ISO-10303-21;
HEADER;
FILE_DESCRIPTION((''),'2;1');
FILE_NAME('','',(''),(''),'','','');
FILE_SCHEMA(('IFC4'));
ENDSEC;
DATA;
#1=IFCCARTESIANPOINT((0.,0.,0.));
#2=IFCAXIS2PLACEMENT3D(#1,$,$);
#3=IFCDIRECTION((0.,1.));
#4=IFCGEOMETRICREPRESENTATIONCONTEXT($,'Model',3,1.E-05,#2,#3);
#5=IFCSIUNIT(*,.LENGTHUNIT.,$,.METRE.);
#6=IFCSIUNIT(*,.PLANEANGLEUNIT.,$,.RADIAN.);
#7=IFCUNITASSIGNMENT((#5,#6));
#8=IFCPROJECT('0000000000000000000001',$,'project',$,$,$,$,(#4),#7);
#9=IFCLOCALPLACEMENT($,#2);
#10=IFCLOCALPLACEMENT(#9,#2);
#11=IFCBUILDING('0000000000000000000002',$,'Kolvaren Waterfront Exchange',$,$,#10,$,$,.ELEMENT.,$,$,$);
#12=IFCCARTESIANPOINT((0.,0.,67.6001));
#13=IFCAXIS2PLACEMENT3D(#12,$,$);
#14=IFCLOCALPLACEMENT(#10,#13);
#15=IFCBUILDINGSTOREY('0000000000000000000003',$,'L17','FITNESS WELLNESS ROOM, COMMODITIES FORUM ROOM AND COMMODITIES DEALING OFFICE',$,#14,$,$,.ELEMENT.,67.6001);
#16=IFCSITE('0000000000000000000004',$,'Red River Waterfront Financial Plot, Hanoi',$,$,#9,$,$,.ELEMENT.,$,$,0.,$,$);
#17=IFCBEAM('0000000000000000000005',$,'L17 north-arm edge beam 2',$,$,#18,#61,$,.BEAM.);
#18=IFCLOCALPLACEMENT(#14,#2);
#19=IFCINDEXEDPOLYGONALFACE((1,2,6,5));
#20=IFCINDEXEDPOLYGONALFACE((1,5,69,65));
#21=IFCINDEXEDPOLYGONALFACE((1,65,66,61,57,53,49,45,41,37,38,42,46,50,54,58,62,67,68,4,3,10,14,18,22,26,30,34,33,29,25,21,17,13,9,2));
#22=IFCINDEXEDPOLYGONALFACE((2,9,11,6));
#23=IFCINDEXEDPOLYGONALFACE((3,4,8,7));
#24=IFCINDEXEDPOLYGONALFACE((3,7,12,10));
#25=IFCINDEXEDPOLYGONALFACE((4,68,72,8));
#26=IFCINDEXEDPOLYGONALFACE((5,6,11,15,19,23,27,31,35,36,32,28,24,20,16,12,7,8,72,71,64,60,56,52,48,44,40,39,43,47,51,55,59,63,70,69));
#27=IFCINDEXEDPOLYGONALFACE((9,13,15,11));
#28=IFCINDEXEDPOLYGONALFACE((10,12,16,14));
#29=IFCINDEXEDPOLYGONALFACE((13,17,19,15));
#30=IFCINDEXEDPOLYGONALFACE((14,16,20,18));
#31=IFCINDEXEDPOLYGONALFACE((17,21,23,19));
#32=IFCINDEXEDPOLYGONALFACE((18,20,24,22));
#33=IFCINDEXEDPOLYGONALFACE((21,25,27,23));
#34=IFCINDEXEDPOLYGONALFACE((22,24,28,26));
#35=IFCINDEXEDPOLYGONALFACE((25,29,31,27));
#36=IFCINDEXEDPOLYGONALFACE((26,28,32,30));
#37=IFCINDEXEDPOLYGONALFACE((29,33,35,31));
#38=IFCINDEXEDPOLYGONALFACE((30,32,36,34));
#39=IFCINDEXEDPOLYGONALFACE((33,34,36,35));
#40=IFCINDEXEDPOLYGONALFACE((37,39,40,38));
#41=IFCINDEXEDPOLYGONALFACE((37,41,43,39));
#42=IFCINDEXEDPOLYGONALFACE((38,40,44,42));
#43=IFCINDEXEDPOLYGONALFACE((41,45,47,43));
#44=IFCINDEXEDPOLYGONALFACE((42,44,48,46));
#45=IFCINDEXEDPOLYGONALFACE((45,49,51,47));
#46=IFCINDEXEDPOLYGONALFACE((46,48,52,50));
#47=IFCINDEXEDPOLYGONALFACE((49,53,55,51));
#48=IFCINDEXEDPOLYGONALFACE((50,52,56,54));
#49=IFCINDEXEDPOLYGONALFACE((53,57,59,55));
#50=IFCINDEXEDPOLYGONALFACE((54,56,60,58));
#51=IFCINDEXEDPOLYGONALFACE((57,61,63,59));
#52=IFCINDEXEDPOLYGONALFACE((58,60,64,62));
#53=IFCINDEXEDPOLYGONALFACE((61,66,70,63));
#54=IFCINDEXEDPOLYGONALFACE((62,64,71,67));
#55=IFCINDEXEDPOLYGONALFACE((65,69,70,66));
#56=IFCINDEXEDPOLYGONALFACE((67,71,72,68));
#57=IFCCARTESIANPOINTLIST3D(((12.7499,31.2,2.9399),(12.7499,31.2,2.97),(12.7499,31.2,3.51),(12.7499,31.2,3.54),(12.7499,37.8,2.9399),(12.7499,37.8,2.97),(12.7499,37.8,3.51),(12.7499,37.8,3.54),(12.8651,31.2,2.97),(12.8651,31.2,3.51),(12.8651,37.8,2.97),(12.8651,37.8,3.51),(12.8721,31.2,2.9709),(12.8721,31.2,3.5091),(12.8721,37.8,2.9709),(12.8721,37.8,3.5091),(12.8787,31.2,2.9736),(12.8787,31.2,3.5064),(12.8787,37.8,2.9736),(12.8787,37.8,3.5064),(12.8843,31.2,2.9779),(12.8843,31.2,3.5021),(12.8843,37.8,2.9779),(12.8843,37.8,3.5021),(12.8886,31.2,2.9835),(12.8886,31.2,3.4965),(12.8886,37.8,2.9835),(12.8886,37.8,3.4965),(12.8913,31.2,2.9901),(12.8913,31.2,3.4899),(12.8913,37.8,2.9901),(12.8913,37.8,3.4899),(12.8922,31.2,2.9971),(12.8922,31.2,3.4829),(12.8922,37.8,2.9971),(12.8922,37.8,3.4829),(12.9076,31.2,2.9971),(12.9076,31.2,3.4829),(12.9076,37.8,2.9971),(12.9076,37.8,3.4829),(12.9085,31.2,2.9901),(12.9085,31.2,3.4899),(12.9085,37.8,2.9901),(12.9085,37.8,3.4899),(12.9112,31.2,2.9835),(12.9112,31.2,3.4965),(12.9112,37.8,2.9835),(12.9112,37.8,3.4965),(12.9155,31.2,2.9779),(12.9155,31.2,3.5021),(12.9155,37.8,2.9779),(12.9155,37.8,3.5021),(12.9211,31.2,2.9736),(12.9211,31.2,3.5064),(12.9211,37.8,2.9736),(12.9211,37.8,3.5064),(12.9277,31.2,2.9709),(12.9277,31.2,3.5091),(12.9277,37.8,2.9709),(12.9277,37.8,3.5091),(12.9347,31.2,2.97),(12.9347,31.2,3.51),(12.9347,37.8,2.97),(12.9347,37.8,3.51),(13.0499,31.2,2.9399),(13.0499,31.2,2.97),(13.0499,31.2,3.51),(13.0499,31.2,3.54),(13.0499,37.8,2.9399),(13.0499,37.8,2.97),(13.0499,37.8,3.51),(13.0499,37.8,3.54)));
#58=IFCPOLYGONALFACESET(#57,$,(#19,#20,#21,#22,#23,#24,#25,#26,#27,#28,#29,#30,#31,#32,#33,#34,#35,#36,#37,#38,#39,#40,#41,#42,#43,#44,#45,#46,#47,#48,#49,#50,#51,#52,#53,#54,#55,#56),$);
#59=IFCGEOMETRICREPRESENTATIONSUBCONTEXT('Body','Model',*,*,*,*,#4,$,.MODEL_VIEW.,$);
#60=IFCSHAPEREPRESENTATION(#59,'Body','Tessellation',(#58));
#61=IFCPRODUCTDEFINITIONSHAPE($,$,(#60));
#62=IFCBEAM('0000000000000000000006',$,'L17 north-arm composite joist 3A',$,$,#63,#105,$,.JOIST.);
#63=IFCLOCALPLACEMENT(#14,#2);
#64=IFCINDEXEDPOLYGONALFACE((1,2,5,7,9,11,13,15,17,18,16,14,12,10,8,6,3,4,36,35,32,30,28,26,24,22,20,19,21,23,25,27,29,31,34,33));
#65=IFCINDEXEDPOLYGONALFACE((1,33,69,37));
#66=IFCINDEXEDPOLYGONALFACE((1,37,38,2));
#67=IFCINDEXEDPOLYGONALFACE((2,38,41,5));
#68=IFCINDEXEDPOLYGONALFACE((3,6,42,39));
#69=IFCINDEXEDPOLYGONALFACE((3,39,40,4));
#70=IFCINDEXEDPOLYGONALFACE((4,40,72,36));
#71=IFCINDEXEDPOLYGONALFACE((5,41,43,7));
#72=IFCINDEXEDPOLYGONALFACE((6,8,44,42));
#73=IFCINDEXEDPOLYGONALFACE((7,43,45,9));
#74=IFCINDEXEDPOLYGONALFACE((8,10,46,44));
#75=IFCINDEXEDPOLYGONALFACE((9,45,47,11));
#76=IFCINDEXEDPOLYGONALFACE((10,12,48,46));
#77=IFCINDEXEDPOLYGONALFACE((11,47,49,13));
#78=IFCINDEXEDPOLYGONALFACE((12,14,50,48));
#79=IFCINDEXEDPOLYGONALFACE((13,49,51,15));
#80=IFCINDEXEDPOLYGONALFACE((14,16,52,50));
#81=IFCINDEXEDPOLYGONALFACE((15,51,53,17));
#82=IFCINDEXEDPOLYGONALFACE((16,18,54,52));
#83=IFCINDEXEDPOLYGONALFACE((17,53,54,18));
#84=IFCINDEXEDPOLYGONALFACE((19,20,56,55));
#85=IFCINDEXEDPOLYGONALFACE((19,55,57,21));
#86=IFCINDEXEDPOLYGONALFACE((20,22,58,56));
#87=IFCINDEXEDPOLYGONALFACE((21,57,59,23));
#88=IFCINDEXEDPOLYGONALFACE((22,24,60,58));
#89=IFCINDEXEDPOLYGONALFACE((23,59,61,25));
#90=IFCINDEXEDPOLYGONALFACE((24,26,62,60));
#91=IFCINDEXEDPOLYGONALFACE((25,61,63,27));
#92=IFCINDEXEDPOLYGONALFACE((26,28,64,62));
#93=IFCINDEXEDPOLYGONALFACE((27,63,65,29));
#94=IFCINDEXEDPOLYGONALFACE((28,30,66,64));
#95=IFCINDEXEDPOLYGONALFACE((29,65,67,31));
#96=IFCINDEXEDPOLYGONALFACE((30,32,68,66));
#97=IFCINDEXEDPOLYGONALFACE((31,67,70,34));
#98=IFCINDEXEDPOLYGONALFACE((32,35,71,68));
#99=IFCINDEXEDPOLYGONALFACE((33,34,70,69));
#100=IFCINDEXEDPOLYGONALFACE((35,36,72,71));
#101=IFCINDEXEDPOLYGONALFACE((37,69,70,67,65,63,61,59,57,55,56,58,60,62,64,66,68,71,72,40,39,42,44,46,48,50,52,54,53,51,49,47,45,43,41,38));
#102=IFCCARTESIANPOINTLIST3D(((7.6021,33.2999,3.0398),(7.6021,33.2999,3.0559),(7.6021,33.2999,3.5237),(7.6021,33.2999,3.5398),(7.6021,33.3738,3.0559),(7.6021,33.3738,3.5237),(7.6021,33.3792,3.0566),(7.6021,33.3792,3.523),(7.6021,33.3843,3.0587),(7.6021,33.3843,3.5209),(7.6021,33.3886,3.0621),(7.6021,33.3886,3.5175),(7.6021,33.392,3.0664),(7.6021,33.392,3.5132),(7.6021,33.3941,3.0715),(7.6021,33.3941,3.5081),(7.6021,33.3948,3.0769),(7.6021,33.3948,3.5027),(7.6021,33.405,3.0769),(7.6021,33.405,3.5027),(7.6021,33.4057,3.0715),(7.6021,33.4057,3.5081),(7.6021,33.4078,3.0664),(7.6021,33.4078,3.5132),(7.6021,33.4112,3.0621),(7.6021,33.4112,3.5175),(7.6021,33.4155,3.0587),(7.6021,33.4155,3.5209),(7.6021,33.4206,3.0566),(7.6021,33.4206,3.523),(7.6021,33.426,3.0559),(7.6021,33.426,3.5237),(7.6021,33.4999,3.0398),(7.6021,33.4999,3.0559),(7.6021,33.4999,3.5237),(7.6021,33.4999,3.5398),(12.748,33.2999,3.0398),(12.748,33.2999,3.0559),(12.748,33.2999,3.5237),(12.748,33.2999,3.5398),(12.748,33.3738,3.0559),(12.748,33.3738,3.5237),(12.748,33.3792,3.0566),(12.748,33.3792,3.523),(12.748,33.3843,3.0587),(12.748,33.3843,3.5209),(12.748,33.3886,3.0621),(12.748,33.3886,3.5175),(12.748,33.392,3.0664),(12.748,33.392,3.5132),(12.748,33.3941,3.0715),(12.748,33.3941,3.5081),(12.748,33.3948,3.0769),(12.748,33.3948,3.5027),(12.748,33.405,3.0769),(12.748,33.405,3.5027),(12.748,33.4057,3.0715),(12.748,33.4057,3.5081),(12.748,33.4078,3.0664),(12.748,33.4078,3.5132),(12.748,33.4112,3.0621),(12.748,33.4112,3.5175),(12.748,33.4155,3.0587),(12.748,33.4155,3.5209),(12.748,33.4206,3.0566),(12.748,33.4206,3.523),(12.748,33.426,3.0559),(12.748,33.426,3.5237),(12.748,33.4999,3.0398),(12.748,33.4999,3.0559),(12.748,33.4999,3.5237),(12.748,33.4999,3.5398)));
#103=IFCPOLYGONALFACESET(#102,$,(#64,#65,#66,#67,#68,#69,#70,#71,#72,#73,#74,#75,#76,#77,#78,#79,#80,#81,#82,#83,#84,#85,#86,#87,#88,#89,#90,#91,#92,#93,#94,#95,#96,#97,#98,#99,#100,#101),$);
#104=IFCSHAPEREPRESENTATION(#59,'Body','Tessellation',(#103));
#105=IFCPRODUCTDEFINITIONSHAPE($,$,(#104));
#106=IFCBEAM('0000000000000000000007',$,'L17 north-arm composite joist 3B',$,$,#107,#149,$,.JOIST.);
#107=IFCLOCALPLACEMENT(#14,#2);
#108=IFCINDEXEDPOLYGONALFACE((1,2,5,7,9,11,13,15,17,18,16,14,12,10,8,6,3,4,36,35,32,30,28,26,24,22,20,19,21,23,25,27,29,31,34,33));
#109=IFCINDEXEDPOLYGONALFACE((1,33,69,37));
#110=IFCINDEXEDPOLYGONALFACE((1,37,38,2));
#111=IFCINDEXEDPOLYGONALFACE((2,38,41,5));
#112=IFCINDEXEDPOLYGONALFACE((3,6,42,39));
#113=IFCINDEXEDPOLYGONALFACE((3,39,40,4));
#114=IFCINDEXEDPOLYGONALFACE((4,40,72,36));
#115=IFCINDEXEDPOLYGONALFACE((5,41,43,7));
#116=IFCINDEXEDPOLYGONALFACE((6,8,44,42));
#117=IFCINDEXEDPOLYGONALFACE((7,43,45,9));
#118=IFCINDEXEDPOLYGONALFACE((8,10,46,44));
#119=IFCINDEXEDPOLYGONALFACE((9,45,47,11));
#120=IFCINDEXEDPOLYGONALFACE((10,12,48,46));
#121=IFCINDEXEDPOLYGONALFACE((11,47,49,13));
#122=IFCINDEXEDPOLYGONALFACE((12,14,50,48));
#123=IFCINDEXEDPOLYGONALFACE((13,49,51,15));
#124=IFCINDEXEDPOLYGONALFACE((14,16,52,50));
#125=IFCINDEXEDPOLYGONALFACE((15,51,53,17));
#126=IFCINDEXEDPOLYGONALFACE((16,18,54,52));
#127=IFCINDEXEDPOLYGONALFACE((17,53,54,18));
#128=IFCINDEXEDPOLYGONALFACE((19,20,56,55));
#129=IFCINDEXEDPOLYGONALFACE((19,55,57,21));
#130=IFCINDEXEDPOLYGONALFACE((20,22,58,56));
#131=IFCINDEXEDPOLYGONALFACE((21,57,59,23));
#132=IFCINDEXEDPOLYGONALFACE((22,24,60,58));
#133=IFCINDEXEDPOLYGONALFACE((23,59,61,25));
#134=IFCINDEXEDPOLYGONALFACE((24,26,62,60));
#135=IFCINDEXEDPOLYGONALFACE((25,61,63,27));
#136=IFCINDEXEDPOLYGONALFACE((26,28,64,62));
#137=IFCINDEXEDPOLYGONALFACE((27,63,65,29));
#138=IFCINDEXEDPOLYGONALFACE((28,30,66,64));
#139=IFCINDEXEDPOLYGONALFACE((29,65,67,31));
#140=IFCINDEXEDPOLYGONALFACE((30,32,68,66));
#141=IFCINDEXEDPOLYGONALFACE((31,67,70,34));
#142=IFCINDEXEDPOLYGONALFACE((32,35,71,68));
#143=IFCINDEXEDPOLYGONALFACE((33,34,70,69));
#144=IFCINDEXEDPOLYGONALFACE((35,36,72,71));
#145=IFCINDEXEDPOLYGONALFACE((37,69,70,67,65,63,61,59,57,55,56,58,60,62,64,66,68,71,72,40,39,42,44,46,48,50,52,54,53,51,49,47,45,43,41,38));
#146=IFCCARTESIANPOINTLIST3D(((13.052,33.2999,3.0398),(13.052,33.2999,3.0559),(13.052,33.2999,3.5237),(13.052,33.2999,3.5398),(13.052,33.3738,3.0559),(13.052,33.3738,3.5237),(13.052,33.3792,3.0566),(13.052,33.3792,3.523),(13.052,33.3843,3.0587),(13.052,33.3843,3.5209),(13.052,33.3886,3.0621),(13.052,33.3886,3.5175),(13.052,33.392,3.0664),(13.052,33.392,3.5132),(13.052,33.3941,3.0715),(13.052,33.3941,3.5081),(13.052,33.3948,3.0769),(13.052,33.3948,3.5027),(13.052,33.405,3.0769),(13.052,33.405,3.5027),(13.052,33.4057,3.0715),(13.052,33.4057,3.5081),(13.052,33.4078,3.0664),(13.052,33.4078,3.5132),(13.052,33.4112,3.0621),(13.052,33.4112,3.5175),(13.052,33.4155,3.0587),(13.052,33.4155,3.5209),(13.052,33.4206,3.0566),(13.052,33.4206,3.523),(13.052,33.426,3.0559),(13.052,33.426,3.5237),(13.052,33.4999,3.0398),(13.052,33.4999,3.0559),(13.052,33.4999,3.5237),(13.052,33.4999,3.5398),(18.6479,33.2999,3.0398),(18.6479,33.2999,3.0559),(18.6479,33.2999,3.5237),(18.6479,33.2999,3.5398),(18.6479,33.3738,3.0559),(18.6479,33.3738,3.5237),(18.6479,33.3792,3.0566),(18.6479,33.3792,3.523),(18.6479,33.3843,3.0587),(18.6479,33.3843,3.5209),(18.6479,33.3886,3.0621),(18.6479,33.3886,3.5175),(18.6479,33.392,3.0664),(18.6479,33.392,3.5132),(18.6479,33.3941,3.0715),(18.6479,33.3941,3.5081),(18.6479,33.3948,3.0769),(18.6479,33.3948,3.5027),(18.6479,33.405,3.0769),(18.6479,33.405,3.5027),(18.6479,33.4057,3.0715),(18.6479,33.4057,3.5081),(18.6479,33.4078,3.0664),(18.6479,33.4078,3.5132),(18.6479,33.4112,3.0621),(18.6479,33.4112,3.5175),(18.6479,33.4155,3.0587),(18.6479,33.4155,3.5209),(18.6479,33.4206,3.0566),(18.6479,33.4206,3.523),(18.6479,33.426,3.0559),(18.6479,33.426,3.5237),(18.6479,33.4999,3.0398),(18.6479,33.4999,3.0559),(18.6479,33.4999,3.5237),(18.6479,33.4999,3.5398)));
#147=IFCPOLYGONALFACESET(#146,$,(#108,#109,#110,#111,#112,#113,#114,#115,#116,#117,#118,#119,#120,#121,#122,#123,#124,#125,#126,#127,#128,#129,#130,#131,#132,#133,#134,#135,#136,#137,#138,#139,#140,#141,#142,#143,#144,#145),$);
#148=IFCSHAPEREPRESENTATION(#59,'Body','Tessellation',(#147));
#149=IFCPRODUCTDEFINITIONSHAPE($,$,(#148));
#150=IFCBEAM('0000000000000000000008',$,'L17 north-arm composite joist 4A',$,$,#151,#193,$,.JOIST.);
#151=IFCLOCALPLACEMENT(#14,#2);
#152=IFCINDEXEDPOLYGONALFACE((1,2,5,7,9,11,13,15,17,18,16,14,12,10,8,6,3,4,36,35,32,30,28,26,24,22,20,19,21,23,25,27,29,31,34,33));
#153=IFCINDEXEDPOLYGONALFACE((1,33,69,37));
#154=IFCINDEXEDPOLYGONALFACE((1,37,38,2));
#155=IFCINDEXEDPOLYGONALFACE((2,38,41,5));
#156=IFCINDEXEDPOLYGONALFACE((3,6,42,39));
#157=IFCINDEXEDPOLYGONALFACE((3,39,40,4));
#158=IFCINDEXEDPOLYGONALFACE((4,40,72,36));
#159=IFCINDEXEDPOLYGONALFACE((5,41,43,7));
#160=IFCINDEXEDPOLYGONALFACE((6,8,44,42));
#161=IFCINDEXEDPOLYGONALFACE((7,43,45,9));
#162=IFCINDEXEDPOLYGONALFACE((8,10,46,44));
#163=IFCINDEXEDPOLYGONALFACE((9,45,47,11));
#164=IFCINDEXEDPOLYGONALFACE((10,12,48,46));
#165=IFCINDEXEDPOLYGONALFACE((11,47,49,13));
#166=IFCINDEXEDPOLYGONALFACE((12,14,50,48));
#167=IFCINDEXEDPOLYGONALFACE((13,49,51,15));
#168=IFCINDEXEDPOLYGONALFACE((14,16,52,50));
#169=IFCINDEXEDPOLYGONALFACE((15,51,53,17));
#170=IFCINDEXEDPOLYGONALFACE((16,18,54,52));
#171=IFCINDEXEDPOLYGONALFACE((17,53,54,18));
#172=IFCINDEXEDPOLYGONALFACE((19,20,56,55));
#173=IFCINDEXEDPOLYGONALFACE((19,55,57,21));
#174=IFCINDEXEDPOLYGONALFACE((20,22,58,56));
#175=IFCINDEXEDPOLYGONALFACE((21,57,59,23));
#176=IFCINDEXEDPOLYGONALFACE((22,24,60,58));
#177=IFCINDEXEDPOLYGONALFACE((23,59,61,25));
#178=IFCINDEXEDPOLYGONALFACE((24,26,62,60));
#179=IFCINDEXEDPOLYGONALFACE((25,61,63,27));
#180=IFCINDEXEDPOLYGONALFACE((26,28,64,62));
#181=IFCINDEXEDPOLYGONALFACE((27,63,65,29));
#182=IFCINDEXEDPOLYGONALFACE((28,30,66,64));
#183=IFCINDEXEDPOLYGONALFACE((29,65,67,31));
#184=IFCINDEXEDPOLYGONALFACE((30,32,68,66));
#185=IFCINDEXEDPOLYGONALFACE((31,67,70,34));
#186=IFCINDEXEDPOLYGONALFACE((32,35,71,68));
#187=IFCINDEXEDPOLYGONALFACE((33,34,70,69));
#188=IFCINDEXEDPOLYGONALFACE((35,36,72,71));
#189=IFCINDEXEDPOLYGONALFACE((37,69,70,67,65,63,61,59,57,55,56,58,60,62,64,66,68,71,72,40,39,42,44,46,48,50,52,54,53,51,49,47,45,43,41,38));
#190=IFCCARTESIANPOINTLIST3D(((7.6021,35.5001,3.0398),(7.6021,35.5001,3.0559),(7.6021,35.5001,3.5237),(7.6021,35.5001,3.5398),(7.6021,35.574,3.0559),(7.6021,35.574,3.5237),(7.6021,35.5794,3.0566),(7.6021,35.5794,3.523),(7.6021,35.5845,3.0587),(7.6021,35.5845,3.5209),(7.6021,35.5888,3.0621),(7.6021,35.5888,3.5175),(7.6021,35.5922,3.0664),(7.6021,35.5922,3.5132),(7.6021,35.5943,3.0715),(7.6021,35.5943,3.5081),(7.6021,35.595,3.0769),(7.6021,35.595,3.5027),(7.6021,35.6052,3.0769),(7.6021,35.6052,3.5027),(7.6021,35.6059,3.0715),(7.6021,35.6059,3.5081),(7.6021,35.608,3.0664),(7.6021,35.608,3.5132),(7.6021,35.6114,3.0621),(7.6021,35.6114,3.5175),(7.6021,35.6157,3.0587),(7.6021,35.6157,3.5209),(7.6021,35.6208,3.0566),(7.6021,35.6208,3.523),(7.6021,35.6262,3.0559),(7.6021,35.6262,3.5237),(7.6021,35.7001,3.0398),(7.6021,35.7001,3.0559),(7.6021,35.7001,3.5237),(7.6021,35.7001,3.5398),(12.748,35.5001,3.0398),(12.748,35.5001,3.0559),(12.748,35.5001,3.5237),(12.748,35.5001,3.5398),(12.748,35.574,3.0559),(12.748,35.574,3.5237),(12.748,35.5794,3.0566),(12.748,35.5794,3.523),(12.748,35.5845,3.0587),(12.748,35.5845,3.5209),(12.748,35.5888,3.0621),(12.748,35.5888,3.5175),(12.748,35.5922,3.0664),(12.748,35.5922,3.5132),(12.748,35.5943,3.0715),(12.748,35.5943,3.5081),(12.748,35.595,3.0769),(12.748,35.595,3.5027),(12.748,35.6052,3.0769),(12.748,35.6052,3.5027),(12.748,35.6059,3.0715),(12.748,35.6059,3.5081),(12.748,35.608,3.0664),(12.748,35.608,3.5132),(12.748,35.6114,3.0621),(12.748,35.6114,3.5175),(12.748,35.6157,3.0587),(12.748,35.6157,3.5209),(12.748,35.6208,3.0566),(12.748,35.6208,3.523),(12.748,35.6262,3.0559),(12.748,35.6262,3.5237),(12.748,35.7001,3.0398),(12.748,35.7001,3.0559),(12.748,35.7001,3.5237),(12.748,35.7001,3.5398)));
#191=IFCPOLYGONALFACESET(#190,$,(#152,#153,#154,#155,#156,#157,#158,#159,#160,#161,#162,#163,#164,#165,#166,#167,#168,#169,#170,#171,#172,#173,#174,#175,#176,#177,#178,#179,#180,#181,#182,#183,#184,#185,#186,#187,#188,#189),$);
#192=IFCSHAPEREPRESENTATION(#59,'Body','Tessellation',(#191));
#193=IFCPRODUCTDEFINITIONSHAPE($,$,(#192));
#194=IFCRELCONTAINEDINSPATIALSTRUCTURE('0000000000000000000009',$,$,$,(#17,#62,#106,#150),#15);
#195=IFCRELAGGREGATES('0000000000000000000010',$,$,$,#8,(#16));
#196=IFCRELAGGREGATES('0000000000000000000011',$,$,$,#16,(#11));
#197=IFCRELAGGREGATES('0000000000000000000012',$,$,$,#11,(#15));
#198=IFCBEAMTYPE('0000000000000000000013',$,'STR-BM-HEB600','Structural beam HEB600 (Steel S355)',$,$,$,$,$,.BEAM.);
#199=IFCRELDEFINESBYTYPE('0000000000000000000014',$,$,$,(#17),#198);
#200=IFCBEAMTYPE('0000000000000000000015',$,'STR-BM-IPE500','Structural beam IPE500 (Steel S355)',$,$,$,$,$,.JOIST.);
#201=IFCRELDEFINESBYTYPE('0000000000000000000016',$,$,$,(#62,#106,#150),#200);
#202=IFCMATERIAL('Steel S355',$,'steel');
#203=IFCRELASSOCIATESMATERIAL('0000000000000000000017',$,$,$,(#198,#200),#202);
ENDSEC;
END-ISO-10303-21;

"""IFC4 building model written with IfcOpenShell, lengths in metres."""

from ifc_helpers import new_model, si_unit, direction, frame, origin, origin_2d, place, context, subcontext, project, spatial, i_section, extrude, material, material_profile, profile_set, type_object, element, save


model = new_model("IFC4")

# Units and contexts
model_context = context("Model", 3, precision=1e-05, world=origin(), true_north=direction((0.0, 1.0)))
body_context = subcontext(model_context, "Body", "Model", "MODEL_VIEW")
ifc_project = project(units=[si_unit("LENGTHUNIT", "METRE"), si_unit("PLANEANGLEUNIT", "RADIAN")], contexts=[model_context])

# Site, building, storey
site_placement = place(None, origin())
site = spatial("IfcSite", under=ifc_project, at=site_placement, Name="Red River Waterfront Financial Plot, Hanoi", CompositionType="ELEMENT", RefElevation=0.0)
building_placement = place(site_placement, origin())
building = spatial("IfcBuilding", under=site, at=building_placement, Name="Kolvaren Waterfront Exchange", CompositionType="ELEMENT")
storey_placement = place(building_placement, frame((0.0, 0.0, 67.6001)))
storey = spatial("IfcBuildingStorey", under=building, at=storey_placement, Name="L17", Description="FITNESS WELLNESS ROOM, COMMODITIES FORUM ROOM AND COMMODITIES DEALING OFFICE", CompositionType="ELEMENT", Elevation=67.6001)

# Beams
ifc_material_1 = material(Name="Steel S355", Category="steel")
ifc_material_profile_1 = material_profile(ifc_material_1, i_section(OverallWidth=0.3, OverallDepth=0.6001, WebThickness=0.0154, FlangeThickness=0.03, FilletRadius=0.0271, at=origin_2d()), Name="HEB600")
ifc_profile_set_1 = profile_set([ifc_material_profile_1], Name="Steel S355")
beam_type_1 = type_object("IfcBeamType", Name="STR-BM-HEB600", Description="Structural beam HEB600 (Steel S355)", PredefinedType="BEAM", material=ifc_profile_set_1)
beam_1_placement = place(storey_placement, frame((12.8999, 31.2, 3.24), z_axis=(0.0, 1.0, 0.0), x_axis=(-1.0, 0.0, 0.0)))
element("IfcBeam", 1, at=beam_1_placement, inside=storey, type_object=beam_type_1, Name="L17 north-arm edge beam 2", PredefinedType="BEAM", context=body_context, shape_type="SweptSolid", body=[
    extrude(i_section(OverallWidth=0.3, OverallDepth=0.6001, WebThickness=0.0154, FlangeThickness=0.03, FilletRadius=0.0271, at=origin_2d()), origin(), (0.0, 0.0, 1.0), 6.6001),
])
ifc_material_profile_2 = material_profile(ifc_material_1, i_section(OverallWidth=0.2, OverallDepth=0.5, WebThickness=0.0103, FlangeThickness=0.0161, FilletRadius=0.021, at=origin_2d()), Name="IPE500")
ifc_profile_set_2 = profile_set([ifc_material_profile_2], Name="Steel S355")
beam_type_2 = type_object("IfcBeamType", Name="STR-BM-IPE500", Description="Structural beam IPE500 (Steel S355)", PredefinedType="JOIST", material=ifc_profile_set_2)
beam_2_placement = place(storey_placement, frame((7.6021, 33.3999, 3.2898), z_axis=(1.0, 0.0, 0.0), x_axis=(0.0, 1.0, 0.0)))
element("IfcBeam", 2, at=beam_2_placement, inside=storey, type_object=beam_type_2, Name="L17 north-arm composite joist 3A", PredefinedType="JOIST", context=body_context, shape_type="SweptSolid", body=[
    extrude(i_section(OverallWidth=0.2, OverallDepth=0.5, WebThickness=0.0103, FlangeThickness=0.0161, FilletRadius=0.021, at=origin_2d()), origin(), (0.0, 0.0, 1.0), 5.146),
])
beam_3_placement = place(storey_placement, frame((13.052, 33.3999, 3.2898), z_axis=(1.0, 0.0, 0.0), x_axis=(0.0, 1.0, 0.0)))
element("IfcBeam", 3, at=beam_3_placement, inside=storey, type_object=beam_type_2, Name="L17 north-arm composite joist 3B", PredefinedType="JOIST", context=body_context, shape_type="SweptSolid", body=[
    extrude(i_section(OverallWidth=0.2, OverallDepth=0.5, WebThickness=0.0103, FlangeThickness=0.0161, FilletRadius=0.021, at=origin_2d()), origin(), (0.0, 0.0, 1.0), 5.5959),
])
beam_4_placement = place(storey_placement, frame((7.6021, 35.6001, 3.2898), z_axis=(1.0, 0.0, 0.0), x_axis=(0.0, 1.0, 0.0)))
element("IfcBeam", 4, at=beam_4_placement, inside=storey, type_object=beam_type_2, Name="L17 north-arm composite joist 4A", PredefinedType="JOIST", context=body_context, shape_type="SweptSolid", body=[
    extrude(i_section(OverallWidth=0.2, OverallDepth=0.5, WebThickness=0.0103, FlangeThickness=0.0161, FilletRadius=0.021, at=origin_2d()), origin(), (0.0, 0.0, 1.0), 5.146),
])

save(model, "model.ifc")
